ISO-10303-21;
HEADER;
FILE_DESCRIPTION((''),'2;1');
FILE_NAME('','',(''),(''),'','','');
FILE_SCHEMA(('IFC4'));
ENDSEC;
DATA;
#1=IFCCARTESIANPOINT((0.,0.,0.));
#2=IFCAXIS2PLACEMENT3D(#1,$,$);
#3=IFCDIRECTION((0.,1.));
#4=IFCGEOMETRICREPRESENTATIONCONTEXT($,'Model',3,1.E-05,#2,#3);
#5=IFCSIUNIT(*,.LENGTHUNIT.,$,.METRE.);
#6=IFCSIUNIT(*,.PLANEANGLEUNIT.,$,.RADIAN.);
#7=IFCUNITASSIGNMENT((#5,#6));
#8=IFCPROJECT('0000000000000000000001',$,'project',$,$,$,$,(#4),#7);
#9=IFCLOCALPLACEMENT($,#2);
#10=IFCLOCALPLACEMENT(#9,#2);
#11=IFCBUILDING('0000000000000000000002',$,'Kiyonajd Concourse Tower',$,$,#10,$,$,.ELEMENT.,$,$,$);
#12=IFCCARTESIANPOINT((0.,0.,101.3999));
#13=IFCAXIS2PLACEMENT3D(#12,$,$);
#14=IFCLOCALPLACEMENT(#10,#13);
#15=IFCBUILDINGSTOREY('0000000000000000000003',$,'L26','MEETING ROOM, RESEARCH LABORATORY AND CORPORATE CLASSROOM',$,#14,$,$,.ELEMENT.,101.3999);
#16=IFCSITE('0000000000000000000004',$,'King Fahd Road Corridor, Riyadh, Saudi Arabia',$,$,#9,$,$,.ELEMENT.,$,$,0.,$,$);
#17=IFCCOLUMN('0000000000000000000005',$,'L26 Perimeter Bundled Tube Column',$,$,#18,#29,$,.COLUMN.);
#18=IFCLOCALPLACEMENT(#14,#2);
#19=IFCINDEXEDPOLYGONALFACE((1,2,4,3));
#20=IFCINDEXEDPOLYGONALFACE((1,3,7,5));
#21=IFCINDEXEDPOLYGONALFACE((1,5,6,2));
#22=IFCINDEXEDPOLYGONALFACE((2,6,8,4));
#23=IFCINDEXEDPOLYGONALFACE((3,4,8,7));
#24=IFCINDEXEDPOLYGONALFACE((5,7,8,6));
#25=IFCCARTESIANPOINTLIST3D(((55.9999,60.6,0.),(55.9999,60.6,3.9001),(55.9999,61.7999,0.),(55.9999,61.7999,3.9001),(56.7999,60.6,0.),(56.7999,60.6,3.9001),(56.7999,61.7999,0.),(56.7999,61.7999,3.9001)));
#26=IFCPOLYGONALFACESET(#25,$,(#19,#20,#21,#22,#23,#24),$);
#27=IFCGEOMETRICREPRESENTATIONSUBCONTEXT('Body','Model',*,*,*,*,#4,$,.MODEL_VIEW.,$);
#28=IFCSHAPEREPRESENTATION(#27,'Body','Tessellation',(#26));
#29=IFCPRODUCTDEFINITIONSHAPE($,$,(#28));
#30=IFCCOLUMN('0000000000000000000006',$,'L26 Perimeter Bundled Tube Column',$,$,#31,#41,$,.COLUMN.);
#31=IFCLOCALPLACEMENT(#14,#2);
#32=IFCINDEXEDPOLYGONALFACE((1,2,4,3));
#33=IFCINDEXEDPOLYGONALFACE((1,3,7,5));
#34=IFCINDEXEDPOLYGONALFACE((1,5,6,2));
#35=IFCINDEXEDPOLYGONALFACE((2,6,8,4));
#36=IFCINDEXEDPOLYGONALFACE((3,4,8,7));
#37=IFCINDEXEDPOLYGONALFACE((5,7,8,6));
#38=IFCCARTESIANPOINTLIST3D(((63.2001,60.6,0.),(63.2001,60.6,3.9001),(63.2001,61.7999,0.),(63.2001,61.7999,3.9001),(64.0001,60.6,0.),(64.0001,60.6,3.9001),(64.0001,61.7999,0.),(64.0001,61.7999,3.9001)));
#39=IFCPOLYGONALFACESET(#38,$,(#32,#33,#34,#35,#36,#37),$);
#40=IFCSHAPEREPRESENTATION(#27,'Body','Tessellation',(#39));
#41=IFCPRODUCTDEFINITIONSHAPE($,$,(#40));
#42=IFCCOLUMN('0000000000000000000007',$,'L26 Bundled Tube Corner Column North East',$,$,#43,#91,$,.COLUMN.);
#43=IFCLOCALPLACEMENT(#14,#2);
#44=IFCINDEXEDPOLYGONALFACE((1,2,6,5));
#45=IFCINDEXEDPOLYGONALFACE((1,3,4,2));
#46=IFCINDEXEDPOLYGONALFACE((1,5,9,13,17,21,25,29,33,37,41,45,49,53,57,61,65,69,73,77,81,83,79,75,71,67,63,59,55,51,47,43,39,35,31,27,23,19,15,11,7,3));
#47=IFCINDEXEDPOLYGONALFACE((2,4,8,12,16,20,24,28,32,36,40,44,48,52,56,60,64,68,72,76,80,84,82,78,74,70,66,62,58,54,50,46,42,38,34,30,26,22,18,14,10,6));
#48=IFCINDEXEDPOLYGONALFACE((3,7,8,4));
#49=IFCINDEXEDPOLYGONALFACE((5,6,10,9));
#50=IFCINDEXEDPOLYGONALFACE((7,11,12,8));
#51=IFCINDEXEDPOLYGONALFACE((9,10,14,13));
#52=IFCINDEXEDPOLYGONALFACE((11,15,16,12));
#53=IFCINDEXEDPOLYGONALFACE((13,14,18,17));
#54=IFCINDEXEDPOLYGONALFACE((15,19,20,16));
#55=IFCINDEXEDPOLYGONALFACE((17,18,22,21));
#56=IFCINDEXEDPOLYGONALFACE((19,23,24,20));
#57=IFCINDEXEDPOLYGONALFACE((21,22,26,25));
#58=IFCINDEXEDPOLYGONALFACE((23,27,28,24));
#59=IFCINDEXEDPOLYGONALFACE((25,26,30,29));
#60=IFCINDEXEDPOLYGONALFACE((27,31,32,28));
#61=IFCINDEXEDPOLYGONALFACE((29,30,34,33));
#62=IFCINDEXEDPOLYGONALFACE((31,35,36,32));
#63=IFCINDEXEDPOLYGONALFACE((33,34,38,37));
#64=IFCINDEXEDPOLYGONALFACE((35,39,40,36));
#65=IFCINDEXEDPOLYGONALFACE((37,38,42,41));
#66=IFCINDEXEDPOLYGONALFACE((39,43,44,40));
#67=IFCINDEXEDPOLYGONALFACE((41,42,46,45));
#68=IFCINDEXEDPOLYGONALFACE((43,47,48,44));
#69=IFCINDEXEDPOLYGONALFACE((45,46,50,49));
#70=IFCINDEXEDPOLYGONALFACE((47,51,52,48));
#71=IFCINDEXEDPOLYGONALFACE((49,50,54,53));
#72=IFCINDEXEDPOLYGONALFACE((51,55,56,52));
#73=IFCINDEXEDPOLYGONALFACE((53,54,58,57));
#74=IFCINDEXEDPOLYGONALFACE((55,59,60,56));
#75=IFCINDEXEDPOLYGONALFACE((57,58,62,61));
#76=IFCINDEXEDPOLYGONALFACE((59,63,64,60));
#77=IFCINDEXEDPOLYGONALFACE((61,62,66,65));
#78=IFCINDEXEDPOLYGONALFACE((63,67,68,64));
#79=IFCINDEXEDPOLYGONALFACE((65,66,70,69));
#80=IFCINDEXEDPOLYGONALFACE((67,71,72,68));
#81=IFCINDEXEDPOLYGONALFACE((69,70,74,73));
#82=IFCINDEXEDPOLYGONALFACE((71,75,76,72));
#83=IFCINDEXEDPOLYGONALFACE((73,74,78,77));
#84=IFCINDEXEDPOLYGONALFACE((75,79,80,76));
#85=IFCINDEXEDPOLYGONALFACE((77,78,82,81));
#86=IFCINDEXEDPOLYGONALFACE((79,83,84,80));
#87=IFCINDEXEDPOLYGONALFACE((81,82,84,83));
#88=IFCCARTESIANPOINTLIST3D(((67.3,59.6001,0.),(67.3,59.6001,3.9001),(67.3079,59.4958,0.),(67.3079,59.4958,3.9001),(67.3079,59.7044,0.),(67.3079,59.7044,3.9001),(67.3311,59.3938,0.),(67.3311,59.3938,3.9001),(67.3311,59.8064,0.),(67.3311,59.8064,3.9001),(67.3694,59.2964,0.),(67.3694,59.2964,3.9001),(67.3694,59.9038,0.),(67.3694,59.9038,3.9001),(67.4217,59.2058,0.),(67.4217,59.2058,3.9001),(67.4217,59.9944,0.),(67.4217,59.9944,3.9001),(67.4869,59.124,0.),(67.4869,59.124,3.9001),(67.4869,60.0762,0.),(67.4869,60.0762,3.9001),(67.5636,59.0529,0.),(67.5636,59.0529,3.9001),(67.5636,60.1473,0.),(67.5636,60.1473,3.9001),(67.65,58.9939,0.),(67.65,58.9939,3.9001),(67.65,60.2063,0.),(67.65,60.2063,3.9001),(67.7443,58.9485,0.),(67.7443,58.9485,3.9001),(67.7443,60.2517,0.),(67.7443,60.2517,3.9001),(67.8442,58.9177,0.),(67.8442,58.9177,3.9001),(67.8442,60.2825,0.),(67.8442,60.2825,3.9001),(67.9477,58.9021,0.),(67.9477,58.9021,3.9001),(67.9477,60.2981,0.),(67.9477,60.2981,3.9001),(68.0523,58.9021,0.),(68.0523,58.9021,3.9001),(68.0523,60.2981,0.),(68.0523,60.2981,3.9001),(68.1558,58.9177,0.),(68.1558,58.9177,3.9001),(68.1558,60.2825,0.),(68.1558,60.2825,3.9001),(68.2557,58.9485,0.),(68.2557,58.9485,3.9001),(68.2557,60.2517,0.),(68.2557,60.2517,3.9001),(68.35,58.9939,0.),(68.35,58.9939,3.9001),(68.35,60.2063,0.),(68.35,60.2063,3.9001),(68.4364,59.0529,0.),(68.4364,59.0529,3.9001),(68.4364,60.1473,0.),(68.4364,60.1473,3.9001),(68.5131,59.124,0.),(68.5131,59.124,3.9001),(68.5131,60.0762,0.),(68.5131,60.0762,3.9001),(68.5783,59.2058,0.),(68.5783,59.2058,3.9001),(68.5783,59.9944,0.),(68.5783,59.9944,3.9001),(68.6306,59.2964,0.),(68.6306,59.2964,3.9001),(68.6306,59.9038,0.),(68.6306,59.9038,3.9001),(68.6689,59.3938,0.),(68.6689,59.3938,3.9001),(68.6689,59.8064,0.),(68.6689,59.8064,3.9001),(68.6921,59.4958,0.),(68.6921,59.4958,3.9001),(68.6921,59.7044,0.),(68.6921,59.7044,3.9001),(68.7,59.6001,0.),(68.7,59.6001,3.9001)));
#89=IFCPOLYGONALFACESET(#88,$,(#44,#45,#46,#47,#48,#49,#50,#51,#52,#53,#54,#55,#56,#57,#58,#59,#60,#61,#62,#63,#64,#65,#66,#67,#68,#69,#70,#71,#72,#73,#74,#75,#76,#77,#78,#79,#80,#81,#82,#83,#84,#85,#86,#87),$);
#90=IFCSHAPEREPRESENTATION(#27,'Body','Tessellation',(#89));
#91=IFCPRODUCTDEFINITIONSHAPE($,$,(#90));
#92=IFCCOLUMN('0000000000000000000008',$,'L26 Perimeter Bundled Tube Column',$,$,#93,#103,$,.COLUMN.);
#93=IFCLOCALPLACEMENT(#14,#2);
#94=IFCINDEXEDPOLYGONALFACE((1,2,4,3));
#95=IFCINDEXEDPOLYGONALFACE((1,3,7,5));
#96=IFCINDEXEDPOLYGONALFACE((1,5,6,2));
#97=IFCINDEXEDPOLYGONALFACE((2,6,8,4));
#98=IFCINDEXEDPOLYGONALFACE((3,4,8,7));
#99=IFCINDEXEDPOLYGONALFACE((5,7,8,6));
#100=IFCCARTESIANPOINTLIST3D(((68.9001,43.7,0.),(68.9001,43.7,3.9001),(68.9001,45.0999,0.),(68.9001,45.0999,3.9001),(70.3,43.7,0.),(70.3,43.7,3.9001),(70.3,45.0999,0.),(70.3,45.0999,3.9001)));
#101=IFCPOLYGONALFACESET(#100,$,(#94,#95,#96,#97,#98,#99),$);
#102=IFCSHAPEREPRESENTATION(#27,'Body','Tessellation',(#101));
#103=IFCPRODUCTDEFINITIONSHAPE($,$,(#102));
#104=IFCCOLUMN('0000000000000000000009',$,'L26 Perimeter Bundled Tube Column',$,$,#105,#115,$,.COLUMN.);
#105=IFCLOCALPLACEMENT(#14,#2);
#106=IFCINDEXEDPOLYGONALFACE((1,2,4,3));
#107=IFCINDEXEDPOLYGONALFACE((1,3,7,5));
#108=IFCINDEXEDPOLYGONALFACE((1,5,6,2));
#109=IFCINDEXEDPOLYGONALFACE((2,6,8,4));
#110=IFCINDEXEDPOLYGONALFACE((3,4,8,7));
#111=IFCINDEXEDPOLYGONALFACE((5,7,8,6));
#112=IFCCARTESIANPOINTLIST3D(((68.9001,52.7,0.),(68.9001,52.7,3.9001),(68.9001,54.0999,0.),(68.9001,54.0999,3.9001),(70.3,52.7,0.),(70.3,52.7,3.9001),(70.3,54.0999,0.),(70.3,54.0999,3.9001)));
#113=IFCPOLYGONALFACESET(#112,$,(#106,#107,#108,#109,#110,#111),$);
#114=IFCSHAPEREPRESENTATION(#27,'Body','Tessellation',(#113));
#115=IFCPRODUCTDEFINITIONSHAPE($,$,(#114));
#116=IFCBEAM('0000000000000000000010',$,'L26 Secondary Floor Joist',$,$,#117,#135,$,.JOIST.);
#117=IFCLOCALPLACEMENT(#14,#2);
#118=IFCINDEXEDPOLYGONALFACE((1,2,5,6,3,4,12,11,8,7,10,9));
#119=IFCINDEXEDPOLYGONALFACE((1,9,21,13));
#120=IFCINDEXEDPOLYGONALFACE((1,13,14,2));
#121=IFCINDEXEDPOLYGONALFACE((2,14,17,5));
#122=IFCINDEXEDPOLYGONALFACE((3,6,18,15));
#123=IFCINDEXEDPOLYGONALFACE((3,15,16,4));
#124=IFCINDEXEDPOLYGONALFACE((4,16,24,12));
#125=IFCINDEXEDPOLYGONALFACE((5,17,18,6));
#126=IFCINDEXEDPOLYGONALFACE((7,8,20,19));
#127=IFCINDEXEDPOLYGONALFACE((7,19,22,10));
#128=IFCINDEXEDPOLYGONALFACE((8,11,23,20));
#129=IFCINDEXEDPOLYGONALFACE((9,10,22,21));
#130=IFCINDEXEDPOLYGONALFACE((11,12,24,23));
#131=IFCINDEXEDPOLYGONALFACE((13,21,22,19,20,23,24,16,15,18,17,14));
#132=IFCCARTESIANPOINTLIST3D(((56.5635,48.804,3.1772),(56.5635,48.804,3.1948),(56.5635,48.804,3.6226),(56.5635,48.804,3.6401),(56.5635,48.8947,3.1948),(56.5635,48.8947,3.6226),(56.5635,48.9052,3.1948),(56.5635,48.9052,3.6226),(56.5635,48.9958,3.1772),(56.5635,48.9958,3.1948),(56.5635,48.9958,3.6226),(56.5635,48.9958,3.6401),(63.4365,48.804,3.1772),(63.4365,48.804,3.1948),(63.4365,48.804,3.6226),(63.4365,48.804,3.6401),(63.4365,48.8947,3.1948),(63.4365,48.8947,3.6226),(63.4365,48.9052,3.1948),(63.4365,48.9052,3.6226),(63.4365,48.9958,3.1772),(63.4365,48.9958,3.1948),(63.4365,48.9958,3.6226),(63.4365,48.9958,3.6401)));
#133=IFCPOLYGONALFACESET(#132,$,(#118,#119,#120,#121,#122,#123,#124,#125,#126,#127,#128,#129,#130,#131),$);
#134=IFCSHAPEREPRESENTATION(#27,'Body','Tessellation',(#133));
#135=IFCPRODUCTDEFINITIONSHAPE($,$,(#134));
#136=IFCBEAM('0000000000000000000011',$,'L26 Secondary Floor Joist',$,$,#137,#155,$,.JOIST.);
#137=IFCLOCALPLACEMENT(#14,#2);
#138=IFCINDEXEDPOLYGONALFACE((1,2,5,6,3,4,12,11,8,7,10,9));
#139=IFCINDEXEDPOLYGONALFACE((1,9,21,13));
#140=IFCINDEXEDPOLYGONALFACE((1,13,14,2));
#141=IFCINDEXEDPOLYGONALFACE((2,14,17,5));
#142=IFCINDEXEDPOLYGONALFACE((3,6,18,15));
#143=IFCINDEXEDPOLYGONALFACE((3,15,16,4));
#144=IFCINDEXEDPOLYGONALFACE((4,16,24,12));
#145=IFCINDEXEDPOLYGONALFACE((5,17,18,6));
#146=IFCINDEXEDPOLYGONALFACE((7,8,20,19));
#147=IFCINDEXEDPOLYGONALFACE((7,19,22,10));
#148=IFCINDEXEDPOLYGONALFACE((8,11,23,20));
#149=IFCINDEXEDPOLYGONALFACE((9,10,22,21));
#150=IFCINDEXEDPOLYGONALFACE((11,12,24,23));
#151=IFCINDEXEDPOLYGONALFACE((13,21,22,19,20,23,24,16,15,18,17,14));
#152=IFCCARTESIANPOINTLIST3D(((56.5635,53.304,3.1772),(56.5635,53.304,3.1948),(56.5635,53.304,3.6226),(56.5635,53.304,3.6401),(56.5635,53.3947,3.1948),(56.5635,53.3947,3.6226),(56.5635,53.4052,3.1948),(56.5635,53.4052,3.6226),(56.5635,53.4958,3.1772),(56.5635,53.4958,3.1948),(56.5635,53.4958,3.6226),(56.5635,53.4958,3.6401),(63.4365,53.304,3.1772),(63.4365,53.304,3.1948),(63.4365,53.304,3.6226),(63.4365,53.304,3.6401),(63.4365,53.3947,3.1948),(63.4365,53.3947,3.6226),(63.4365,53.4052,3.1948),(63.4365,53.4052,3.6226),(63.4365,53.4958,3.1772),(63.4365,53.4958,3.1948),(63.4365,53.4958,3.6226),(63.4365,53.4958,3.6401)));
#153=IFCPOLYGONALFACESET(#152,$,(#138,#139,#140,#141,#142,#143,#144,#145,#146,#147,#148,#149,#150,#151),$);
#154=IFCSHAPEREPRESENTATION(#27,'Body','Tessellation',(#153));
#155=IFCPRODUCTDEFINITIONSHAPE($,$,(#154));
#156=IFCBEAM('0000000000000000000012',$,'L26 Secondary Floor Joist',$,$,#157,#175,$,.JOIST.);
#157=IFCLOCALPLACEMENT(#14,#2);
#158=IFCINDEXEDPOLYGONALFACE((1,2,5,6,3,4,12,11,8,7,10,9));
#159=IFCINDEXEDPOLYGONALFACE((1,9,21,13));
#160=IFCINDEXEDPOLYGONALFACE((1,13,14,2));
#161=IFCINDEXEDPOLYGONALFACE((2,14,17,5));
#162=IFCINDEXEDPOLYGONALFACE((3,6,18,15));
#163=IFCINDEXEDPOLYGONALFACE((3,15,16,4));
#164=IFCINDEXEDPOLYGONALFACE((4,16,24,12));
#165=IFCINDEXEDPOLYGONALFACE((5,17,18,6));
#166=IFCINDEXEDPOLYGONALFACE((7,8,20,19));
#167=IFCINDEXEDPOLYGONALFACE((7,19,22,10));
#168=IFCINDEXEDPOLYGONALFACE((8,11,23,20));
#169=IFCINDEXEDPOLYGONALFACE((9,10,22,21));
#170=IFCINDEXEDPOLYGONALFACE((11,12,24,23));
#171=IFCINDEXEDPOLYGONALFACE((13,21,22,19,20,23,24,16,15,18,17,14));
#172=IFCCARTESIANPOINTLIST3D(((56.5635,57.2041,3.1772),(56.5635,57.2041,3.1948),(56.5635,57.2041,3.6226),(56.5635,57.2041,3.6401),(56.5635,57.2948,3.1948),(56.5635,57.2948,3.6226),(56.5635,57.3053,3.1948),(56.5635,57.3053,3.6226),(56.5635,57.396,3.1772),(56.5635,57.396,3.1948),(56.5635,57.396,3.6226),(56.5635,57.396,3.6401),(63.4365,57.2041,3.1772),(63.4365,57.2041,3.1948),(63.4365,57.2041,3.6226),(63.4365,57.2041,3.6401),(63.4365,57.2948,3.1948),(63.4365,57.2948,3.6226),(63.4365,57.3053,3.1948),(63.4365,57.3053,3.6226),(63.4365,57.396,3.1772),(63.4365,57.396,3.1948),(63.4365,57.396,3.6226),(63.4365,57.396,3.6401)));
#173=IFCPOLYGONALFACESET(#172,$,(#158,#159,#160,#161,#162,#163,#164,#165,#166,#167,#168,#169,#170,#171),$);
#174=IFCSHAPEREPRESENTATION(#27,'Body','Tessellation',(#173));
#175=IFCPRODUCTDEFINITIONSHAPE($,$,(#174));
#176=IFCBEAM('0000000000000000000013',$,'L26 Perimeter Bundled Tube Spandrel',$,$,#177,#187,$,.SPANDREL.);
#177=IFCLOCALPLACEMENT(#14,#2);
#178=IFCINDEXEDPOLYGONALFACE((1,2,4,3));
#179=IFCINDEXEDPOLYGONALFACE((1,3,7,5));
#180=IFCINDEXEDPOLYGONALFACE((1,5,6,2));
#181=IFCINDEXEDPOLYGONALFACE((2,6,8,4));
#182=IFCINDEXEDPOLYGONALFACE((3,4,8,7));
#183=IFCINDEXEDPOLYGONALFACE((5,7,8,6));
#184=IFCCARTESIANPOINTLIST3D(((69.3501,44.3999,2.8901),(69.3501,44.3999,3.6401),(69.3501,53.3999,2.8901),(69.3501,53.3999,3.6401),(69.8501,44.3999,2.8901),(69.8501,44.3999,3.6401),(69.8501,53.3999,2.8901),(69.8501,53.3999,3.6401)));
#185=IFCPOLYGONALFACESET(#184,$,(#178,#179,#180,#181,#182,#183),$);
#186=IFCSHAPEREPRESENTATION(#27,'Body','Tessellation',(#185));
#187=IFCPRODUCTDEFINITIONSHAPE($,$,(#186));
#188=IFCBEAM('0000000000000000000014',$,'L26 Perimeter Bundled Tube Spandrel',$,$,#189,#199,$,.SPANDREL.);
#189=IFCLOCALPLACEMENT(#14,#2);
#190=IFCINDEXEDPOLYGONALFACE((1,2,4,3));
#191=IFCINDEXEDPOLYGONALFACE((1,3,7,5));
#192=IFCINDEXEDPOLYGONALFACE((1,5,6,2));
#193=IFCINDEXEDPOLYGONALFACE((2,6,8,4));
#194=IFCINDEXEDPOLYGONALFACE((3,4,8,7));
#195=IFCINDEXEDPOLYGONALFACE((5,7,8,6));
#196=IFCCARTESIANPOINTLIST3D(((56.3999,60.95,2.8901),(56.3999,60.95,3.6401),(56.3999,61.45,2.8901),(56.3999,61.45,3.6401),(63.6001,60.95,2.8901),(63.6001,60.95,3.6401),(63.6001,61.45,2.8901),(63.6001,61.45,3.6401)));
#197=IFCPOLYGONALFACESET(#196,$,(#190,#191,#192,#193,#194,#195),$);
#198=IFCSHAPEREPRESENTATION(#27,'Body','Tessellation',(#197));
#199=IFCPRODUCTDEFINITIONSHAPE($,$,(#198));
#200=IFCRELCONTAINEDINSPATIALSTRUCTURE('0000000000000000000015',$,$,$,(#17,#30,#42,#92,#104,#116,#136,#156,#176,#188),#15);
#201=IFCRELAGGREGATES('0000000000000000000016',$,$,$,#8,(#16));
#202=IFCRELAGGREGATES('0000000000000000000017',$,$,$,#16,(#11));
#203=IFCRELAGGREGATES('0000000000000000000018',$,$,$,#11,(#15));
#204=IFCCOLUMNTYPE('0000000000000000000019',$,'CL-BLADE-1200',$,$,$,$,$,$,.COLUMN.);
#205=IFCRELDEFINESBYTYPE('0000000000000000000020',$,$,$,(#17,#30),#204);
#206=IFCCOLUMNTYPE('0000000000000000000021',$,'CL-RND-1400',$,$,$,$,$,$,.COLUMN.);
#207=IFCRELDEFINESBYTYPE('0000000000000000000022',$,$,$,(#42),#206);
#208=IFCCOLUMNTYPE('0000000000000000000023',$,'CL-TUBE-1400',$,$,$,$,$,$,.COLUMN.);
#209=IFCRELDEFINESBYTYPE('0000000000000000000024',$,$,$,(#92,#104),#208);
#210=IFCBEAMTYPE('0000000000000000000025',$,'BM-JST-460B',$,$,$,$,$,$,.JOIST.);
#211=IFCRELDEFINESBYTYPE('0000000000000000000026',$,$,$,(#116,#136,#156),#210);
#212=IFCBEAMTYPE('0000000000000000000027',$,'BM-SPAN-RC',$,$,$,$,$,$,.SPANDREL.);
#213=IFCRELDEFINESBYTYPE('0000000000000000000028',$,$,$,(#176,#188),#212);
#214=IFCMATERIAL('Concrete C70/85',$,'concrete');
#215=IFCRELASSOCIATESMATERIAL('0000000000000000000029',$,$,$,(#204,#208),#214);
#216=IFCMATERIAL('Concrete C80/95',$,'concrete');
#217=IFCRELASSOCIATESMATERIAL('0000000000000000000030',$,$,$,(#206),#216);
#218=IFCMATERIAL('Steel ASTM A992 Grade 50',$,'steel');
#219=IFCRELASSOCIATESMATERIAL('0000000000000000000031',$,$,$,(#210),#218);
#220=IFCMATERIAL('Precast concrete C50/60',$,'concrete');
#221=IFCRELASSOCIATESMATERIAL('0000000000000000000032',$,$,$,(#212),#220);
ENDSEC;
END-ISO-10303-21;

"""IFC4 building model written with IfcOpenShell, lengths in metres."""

from ifc_helpers import new_model, si_unit, direction, frame, origin, origin_2d, place, context, subcontext, project, spatial, rectangle, circle, i_section, extrude, material, material_profile, profile_set, type_object, element, save


model = new_model("IFC4")

# Units and contexts
model_context = context("Model", 3, precision=1e-05, world=origin(), true_north=direction((0.0, 1.0)))
body_context = subcontext(model_context, "Body", "Model", "MODEL_VIEW")
ifc_project = project(units=[si_unit("LENGTHUNIT", "METRE"), si_unit("PLANEANGLEUNIT", "RADIAN")], contexts=[model_context])

# Site, building, storey
site_placement = place(None, origin())
site = spatial("IfcSite", under=ifc_project, at=site_placement, Name="King Fahd Road Corridor, Riyadh, Saudi Arabia", CompositionType="ELEMENT", RefElevation=0.0)
building_placement = place(site_placement, origin())
building = spatial("IfcBuilding", under=site, at=building_placement, Name="Kiyonajd Concourse Tower", CompositionType="ELEMENT")
storey_placement = place(building_placement, frame((0.0, 0.0, 101.3999)))
storey = spatial("IfcBuildingStorey", under=building, at=storey_placement, Name="L26", Description="MEETING ROOM, RESEARCH LABORATORY AND CORPORATE CLASSROOM", CompositionType="ELEMENT", Elevation=101.3999)

# Columns
ifc_material_1 = material(Name="Concrete C70/85", Category="concrete")
ifc_material_profile_1 = material_profile(ifc_material_1, rectangle(XDim=0.8, YDim=1.2, at=origin_2d()), Name="RC-1200x800")
ifc_profile_set_1 = profile_set([ifc_material_profile_1], Name="Concrete C70/85")
column_type_1 = type_object("IfcColumnType", Name="CL-BLADE-1200", PredefinedType="COLUMN", material=ifc_profile_set_1)
for number, where, z_axis, x_axis, name in (
    (1, (56.3999, 61.2, 0.0), (0.0, 0.0, 1.0), (1.0, 0.0, 0.0), "L26 Perimeter Bundled Tube Column"),
    (2, (63.6001, 61.2, 0.0), (0.0, 0.0, 1.0), (1.0, 0.0, 0.0), "L26 Perimeter Bundled Tube Column"),
):
    element("IfcColumn", number, at=place(storey_placement, frame(where, z_axis=z_axis, x_axis=x_axis)), inside=storey, type_object=column_type_1, Name=name, PredefinedType="COLUMN", context=body_context, shape_type="SweptSolid", body=[
        extrude(rectangle(XDim=0.8, YDim=1.2, at=origin_2d()), origin(), (0.0, 0.0, 1.0), 3.9001),
    ])
ifc_material_2 = material(Name="Concrete C80/95", Category="concrete")
ifc_material_profile_2 = material_profile(ifc_material_2, circle(Radius=0.7, at=origin_2d()), Name="RCC-D1400")
ifc_profile_set_2 = profile_set([ifc_material_profile_2], Name="Concrete C80/95")
column_type_2 = type_object("IfcColumnType", Name="CL-RND-1400", PredefinedType="COLUMN", material=ifc_profile_set_2)
column_placement = place(storey_placement, frame((68.0, 59.6001, 0.0), z_axis=(0.0, 0.0, 1.0), x_axis=(1.0, 0.0, 0.0)))
element("IfcColumn", 3, at=column_placement, inside=storey, type_object=column_type_2, Name="L26 Bundled Tube Corner Column North East", PredefinedType="COLUMN", context=body_context, shape_type="SweptSolid", body=[
    extrude(circle(Radius=0.7, at=origin_2d()), origin(), (0.0, 0.0, 1.0), 3.9001),
])
ifc_material_profile_3 = material_profile(ifc_material_1, rectangle(XDim=1.3999, YDim=1.3999, at=origin_2d()), Name="RC-1400x1400")
ifc_profile_set_3 = profile_set([ifc_material_profile_3], Name="Concrete C70/85")
column_type_3 = type_object("IfcColumnType", Name="CL-TUBE-1400", PredefinedType="COLUMN", material=ifc_profile_set_3)
for number, where, z_axis, x_axis, name in (
    (4, (69.6001, 44.3999, 0.0), (0.0, 0.0, 1.0), (1.0, 0.0, 0.0), "L26 Perimeter Bundled Tube Column"),
    (5, (69.6001, 53.3999, 0.0), (0.0, 0.0, 1.0), (1.0, 0.0, 0.0), "L26 Perimeter Bundled Tube Column"),
):
    element("IfcColumn", number, at=place(storey_placement, frame(where, z_axis=z_axis, x_axis=x_axis)), inside=storey, type_object=column_type_3, Name=name, PredefinedType="COLUMN", context=body_context, shape_type="SweptSolid", body=[
        extrude(rectangle(XDim=1.3999, YDim=1.3999, at=origin_2d()), origin(), (0.0, 0.0, 1.0), 3.9001),
    ])

# Beams
ifc_material_3 = material(Name="Steel ASTM A992 Grade 50", Category="steel")
ifc_material_profile_4 = material_profile(ifc_material_3, i_section(OverallWidth=0.1919, OverallDepth=0.4629, WebThickness=0.0105, FlangeThickness=0.0176, at=origin_2d()), Name="W460X89")
ifc_profile_set_4 = profile_set([ifc_material_profile_4], Name="Steel ASTM A992 Grade 50")
beam_type_1 = type_object("IfcBeamType", Name="BM-JST-460B", PredefinedType="JOIST", material=ifc_profile_set_4)
for number, where, z_axis, x_axis, name in (
    (6, (56.5635, 48.8999, 3.4087), (1.0, 0.0, 0.0), (0.0, 1.0, 0.0), "L26 Secondary Floor Joist"),
    (7, (56.5635, 53.3999, 3.4087), (1.0, 0.0, 0.0), (0.0, 1.0, 0.0), "L26 Secondary Floor Joist"),
    (8, (56.5635, 57.3, 3.4087), (1.0, 0.0, 0.0), (0.0, 1.0, 0.0), "L26 Secondary Floor Joist"),
):
    element("IfcBeam", number, at=place(storey_placement, frame(where, z_axis=z_axis, x_axis=x_axis)), inside=storey, type_object=beam_type_1, Name=name, PredefinedType="JOIST", context=body_context, shape_type="SweptSolid", body=[
        extrude(i_section(OverallWidth=0.1919, OverallDepth=0.4629, WebThickness=0.0105, FlangeThickness=0.0176, at=origin_2d()), origin(), (0.0, 0.0, 1.0), 6.873),
    ])
ifc_material_4 = material(Name="Precast concrete C50/60", Category="concrete")
ifc_material_profile_5 = material_profile(ifc_material_4, rectangle(XDim=0.5, YDim=0.75, at=origin_2d()), Name="RCBM-500x750")
ifc_profile_set_5 = profile_set([ifc_material_profile_5], Name="Precast concrete C50/60")
beam_type_2 = type_object("IfcBeamType", Name="BM-SPAN-RC", PredefinedType="SPANDREL", material=ifc_profile_set_5)
beam_1_placement = place(storey_placement, frame((69.6001, 44.3999, 3.2651), z_axis=(0.0, 1.0, 0.0), x_axis=(-1.0, 0.0, 0.0)))
element("IfcBeam", 9, at=beam_1_placement, inside=storey, type_object=beam_type_2, Name="L26 Perimeter Bundled Tube Spandrel", PredefinedType="SPANDREL", context=body_context, shape_type="SweptSolid", body=[
    extrude(rectangle(XDim=0.5, YDim=0.75, at=origin_2d()), origin(), (0.0, 0.0, 1.0), 9.0),
])
beam_2_placement = place(storey_placement, frame((63.6001, 61.2, 3.2651), z_axis=(-1.0, 0.0, 0.0), x_axis=(0.0, -1.0, 0.0)))
element("IfcBeam", 10, at=beam_2_placement, inside=storey, type_object=beam_type_2, Name="L26 Perimeter Bundled Tube Spandrel", PredefinedType="SPANDREL", context=body_context, shape_type="SweptSolid", body=[
    extrude(rectangle(XDim=0.5, YDim=0.75, at=origin_2d()), origin(), (0.0, 0.0, 1.0), 7.2002),
])

save(model, "model.ifc")
